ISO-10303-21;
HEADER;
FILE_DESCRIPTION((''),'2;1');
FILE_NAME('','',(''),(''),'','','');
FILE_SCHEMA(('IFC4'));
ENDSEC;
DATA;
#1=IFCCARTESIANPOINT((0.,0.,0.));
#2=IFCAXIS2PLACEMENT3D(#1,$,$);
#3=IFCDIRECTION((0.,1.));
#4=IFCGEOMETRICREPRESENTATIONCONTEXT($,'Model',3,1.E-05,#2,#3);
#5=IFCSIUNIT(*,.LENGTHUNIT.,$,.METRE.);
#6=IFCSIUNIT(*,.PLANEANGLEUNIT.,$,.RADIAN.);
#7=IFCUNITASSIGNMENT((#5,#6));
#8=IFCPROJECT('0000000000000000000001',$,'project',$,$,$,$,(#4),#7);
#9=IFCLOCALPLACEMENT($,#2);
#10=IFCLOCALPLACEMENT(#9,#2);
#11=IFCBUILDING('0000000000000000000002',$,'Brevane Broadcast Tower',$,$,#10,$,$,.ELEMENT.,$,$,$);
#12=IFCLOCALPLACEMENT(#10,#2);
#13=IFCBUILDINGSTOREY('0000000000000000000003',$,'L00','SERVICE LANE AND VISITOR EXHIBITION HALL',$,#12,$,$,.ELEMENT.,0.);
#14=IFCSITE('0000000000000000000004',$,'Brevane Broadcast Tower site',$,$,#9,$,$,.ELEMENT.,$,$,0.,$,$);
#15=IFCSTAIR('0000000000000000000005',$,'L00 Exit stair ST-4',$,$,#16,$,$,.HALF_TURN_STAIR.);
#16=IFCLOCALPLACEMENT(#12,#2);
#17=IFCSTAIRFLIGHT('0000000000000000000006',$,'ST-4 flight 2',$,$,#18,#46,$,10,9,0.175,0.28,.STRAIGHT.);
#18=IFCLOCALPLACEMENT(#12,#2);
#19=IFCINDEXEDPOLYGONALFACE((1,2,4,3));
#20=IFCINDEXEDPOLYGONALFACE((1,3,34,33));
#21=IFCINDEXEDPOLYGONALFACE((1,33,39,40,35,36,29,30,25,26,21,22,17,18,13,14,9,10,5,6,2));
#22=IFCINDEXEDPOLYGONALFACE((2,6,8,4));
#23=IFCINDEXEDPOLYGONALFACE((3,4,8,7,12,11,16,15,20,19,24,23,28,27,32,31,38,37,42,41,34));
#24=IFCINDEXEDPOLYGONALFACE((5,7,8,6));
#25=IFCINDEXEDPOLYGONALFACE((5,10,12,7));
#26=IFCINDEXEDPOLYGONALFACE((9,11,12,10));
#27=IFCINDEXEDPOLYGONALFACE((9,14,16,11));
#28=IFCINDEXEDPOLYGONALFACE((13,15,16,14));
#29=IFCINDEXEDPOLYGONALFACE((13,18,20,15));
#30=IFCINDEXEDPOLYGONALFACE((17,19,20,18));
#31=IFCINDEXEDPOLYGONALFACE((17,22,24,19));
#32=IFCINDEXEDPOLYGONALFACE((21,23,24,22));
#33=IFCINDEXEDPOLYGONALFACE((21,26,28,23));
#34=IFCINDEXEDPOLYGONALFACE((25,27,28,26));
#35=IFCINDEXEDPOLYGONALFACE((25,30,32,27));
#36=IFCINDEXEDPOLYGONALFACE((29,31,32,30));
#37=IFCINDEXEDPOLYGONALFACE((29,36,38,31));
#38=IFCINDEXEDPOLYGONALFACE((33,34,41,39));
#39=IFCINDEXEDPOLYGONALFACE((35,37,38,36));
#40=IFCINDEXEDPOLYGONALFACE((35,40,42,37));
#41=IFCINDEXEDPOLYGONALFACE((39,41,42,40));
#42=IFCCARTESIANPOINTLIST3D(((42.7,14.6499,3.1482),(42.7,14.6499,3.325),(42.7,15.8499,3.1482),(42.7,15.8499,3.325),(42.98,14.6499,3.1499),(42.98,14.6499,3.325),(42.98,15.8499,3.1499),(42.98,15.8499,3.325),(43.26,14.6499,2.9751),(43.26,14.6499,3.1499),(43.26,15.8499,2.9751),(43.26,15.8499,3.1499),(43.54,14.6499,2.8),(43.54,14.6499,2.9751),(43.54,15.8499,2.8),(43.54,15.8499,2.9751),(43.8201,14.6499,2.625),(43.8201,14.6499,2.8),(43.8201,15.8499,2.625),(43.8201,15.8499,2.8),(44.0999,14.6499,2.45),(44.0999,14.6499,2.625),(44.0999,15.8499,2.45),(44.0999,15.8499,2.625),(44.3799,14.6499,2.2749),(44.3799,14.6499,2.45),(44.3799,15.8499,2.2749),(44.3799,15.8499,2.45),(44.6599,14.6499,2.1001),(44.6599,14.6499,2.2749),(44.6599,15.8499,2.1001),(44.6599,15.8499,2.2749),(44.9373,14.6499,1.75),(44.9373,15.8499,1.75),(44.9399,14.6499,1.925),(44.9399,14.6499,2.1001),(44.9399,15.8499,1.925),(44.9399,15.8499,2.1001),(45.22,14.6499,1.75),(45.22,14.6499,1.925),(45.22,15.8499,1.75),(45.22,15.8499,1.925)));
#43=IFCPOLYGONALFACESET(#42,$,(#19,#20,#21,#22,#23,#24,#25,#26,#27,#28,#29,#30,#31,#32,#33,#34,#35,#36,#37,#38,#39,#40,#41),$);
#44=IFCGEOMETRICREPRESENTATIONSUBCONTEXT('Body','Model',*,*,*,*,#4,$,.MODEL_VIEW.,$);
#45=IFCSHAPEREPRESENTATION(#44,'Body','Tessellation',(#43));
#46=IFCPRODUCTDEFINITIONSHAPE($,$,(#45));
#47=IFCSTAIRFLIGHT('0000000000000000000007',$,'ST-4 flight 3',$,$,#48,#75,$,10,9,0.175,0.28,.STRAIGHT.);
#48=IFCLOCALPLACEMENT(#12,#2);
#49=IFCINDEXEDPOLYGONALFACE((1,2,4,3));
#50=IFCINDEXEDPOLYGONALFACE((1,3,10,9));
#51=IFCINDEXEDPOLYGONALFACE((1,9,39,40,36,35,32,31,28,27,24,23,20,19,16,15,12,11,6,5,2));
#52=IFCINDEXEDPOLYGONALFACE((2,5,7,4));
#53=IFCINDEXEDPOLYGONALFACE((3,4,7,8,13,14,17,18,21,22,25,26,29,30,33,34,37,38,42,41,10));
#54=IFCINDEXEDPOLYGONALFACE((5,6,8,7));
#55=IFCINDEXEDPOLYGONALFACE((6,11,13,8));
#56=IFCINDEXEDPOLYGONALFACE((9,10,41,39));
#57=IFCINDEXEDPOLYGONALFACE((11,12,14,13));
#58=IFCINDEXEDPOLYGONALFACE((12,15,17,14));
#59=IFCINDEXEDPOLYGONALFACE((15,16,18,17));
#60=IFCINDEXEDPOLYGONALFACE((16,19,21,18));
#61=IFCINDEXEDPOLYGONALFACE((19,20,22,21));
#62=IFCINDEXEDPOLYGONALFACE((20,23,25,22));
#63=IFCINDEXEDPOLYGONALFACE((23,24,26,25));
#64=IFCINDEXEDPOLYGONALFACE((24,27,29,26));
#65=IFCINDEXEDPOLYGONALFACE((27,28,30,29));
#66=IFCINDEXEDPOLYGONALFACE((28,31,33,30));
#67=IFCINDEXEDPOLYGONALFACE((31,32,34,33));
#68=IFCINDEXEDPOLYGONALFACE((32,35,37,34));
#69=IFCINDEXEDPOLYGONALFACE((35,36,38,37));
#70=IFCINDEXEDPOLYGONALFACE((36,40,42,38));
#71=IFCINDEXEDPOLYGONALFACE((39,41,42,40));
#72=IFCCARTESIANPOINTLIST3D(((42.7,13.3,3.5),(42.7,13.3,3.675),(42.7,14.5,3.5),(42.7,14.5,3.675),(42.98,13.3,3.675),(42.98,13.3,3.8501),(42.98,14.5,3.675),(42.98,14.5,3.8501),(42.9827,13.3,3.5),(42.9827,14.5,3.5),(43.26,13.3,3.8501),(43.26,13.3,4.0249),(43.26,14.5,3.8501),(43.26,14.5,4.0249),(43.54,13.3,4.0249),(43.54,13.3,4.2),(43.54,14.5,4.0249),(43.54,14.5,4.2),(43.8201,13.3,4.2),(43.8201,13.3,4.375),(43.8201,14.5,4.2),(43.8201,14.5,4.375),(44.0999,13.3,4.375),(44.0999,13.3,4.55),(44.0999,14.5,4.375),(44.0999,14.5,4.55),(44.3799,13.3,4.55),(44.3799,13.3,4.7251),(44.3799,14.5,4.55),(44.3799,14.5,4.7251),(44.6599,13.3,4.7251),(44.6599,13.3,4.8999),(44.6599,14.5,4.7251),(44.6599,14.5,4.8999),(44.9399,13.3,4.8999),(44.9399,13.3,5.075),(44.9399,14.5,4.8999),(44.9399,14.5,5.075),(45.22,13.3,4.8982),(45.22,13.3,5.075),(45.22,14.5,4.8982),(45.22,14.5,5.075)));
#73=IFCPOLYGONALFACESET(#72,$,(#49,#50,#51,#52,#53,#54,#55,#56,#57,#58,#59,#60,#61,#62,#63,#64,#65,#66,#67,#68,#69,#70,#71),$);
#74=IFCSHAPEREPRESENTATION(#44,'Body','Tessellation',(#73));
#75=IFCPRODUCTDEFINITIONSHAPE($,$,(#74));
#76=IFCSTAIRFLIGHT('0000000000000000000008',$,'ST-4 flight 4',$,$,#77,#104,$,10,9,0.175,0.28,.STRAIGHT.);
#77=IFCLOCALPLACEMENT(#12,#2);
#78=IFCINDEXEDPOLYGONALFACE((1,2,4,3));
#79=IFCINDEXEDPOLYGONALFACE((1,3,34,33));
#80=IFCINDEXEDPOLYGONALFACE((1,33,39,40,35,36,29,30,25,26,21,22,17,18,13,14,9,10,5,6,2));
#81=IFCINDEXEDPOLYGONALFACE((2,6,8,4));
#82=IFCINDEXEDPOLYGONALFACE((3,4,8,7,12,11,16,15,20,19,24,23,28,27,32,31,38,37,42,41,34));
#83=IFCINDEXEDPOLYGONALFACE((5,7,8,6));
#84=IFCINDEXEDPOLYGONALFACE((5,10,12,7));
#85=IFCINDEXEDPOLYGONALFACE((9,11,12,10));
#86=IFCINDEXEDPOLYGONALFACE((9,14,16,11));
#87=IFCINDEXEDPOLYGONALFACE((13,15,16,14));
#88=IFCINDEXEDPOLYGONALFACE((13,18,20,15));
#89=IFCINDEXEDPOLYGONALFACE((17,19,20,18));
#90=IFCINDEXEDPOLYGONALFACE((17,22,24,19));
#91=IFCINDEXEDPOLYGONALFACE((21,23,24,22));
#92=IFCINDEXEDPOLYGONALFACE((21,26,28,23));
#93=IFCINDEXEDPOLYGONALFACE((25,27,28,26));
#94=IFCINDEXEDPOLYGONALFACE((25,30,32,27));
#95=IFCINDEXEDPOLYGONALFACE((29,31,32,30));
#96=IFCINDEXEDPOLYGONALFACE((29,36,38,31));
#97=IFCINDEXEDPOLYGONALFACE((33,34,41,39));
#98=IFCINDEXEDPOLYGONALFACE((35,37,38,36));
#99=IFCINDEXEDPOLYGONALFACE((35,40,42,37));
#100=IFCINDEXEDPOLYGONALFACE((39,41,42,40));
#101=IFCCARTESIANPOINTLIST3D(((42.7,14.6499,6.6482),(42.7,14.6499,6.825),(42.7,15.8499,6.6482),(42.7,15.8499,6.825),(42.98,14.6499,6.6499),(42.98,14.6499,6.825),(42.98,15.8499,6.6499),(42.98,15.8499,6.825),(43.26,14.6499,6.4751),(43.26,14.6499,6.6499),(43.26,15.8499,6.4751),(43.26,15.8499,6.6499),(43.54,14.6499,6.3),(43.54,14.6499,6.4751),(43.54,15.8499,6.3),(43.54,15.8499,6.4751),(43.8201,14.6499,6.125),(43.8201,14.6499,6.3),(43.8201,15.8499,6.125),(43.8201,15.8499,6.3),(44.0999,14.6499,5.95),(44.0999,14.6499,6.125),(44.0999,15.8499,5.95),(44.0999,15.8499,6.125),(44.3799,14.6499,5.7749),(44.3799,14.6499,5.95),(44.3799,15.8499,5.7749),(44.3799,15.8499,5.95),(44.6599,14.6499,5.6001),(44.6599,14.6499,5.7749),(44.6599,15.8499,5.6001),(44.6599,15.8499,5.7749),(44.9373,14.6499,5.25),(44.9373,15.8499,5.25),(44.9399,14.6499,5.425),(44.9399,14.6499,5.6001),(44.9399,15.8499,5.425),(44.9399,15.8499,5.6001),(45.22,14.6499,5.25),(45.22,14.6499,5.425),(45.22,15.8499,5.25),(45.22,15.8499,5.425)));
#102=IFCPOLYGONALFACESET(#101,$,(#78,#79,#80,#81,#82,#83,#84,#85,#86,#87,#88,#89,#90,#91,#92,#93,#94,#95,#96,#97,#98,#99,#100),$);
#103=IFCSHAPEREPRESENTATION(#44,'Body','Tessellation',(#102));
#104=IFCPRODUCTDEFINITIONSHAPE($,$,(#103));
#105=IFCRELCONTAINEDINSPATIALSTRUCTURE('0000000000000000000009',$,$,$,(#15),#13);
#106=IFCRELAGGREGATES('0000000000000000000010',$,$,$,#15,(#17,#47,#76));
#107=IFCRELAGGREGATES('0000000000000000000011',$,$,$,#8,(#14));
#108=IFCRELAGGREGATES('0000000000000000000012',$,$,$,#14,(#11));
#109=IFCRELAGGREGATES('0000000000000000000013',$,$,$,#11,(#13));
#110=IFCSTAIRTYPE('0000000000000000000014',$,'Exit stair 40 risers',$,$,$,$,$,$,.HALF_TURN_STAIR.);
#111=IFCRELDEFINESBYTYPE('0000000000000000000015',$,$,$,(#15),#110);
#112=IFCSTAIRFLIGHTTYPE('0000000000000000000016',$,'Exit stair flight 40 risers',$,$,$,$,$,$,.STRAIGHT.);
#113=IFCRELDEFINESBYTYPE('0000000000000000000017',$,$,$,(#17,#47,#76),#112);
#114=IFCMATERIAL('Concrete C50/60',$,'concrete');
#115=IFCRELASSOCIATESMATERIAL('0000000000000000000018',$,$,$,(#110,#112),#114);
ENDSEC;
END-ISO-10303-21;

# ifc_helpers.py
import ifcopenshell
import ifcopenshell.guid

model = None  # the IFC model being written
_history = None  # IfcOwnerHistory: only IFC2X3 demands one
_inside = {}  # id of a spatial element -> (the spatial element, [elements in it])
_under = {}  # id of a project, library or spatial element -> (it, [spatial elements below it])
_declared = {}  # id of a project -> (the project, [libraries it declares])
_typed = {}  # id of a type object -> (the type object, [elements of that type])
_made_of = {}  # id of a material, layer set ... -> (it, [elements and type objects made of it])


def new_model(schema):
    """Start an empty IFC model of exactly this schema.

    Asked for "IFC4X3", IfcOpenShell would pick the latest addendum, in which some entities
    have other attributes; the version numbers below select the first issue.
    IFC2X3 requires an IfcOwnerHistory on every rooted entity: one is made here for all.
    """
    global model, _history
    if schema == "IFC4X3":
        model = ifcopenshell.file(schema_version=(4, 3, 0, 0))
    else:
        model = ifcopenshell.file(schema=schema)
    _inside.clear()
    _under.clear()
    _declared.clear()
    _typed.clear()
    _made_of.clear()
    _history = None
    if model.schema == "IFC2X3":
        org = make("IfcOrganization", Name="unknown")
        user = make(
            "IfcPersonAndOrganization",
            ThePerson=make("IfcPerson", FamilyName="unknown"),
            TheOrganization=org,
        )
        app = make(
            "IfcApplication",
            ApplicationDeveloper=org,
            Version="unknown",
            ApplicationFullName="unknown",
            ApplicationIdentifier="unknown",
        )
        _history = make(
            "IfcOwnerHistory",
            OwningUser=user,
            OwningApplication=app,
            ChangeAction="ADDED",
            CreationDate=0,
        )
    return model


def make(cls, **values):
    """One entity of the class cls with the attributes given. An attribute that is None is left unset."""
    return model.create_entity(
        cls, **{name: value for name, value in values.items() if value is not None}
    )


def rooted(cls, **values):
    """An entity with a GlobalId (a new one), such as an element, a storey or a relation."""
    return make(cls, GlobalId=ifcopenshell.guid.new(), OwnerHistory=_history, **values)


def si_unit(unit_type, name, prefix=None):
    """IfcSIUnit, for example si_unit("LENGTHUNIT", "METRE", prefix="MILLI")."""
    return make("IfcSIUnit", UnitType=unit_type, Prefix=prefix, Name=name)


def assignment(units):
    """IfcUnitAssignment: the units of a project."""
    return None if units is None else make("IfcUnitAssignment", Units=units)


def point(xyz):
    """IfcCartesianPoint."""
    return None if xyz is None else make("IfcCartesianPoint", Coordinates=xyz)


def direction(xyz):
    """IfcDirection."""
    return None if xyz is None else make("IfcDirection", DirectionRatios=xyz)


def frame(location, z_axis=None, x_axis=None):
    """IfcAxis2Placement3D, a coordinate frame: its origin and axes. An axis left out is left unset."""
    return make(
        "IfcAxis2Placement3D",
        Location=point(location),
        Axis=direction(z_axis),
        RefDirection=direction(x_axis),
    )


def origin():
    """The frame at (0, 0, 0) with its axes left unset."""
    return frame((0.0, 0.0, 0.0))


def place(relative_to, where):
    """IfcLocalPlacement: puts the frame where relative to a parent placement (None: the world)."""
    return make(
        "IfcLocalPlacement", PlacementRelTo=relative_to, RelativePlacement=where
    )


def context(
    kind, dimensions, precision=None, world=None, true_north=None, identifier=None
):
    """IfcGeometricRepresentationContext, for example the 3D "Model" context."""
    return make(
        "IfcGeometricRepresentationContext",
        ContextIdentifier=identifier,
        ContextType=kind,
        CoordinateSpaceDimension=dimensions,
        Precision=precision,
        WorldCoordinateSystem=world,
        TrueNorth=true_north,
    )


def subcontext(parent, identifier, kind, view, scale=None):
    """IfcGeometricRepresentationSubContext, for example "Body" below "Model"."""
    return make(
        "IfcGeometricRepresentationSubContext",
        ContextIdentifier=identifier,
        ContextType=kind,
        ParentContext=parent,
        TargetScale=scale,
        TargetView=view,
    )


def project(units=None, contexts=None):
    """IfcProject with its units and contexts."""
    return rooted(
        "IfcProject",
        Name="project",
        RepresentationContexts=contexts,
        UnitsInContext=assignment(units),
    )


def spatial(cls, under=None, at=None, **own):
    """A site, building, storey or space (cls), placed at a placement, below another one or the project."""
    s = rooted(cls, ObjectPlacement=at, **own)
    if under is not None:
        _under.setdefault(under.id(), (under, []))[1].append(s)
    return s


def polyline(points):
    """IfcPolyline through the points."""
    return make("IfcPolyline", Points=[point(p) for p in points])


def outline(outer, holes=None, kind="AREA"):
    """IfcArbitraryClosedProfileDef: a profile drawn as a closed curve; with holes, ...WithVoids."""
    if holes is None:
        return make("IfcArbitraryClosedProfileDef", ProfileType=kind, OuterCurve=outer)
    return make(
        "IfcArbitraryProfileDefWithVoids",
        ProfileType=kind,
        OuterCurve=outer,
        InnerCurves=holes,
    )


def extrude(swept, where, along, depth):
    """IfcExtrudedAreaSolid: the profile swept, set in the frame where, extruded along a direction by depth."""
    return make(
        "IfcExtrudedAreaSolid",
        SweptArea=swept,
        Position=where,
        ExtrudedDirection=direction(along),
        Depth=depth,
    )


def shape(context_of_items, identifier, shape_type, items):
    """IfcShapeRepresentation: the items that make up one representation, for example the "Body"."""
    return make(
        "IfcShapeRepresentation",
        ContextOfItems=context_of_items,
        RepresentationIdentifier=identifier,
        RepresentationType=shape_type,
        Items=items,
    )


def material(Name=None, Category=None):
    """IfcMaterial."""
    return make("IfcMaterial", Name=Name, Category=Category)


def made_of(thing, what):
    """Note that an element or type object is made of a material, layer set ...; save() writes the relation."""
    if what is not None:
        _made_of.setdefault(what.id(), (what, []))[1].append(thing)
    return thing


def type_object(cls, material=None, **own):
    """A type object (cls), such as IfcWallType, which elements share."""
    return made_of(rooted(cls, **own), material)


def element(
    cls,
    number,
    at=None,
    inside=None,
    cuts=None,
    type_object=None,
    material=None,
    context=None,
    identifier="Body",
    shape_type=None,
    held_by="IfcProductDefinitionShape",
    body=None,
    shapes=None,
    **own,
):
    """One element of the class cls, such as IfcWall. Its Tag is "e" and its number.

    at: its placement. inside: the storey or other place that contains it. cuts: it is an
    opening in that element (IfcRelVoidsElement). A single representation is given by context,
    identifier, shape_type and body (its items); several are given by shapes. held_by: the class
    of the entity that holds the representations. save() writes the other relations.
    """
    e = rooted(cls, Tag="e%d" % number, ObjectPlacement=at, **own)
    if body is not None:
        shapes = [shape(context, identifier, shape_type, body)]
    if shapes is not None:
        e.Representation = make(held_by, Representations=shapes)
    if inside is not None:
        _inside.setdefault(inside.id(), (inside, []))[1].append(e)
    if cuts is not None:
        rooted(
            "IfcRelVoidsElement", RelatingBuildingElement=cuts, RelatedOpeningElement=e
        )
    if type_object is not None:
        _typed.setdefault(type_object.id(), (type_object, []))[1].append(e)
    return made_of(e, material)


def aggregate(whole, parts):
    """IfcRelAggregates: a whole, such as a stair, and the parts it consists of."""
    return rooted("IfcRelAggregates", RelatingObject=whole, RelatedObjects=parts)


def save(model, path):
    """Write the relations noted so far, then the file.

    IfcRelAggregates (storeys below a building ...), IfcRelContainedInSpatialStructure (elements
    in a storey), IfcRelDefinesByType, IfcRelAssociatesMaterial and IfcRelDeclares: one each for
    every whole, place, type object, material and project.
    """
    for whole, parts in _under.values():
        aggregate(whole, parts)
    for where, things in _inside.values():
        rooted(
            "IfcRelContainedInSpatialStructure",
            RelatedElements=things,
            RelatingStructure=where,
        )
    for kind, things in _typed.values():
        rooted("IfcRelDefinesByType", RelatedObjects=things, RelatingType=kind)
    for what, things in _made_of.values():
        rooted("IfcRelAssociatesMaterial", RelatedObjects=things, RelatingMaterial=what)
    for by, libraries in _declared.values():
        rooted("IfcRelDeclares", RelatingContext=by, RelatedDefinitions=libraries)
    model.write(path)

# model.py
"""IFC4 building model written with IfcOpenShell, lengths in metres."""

from ifc_helpers import new_model, si_unit, direction, frame, origin, place, context, subcontext, project, spatial, polyline, outline, extrude, material, type_object, element, aggregate, save


model = new_model("IFC4")

# Units and contexts
model_context = context("Model", 3, precision=1e-05, world=origin(), true_north=direction((0.0, 1.0)))
body_context = subcontext(model_context, "Body", "Model", "MODEL_VIEW")
ifc_project = project(units=[si_unit("LENGTHUNIT", "METRE"), si_unit("PLANEANGLEUNIT", "RADIAN")], contexts=[model_context])

# Site, building, storey
site_placement = place(None, origin())
site = spatial("IfcSite", under=ifc_project, at=site_placement, Name="Brevane Broadcast Tower site", CompositionType="ELEMENT", RefElevation=0.0)
building_placement = place(site_placement, origin())
building = spatial("IfcBuilding", under=site, at=building_placement, Name="Brevane Broadcast Tower", CompositionType="ELEMENT")
storey_placement = place(building_placement, origin())
storey = spatial("IfcBuildingStorey", under=building, at=storey_placement, Name="L00", Description="SERVICE LANE AND VISITOR EXHIBITION HALL", CompositionType="ELEMENT", Elevation=0.0)

# Stair, stair flights
ifc_material_1 = material(Name="Concrete C50/60", Category="concrete")
stair_type = type_object("IfcStairType", Name="Exit stair 40 risers", PredefinedType="HALF_TURN_STAIR", material=ifc_material_1)
stair_placement = place(storey_placement, origin())
stair = element("IfcStair", 1, at=stair_placement, inside=storey, type_object=stair_type, Name="L00 Exit stair ST-4", PredefinedType="HALF_TURN_STAIR")
stair_flight_type = type_object("IfcStairFlightType", Name="Exit stair flight 40 risers", PredefinedType="STRAIGHT", material=ifc_material_1)
stair_flight_1_placement = place(storey_placement, frame((45.22, 15.25, 1.75), z_axis=(0.0, 0.0, 1.0), x_axis=(-1.0, 0.0, 0.0)))
stair_flight_1 = element("IfcStairFlight", 2, at=stair_flight_1_placement, type_object=stair_flight_type, Name="ST-4 flight 2", NumberOfRisers=10, NumberOfTreads=9, PredefinedType="STRAIGHT", RiserHeight=0.175, TreadLength=0.28, context=body_context, shape_type="SweptSolid", body=[
    extrude(outline(polyline([(0.0, 0.0), (0.0, 0.175), (0.28, 0.175), (0.28, 0.3501), (0.5601, 0.3501), (0.5601, 0.5249), (0.8401, 0.5249), (0.8401, 0.7), (1.1201, 0.7), (1.1201, 0.875), (1.3999, 0.875), (1.3999, 1.05), (1.6799, 1.05), (1.6799, 1.2251), (1.96, 1.2251), (1.96, 1.3999), (2.24, 1.3999), (2.24, 1.575), (2.52, 1.575), (2.52, 1.75), (2.52, 1.3982), (0.2827, 0.0), (0.0, 0.0)])), frame((0.0, 0.6001, 0.0), z_axis=(0.0, -1.0, 0.0), x_axis=(1.0, 0.0, 0.0)), (0.0, 0.0, 1.0), 1.2),
])
stair_flight_2_placement = place(storey_placement, frame((42.7, 13.8999, 3.5), z_axis=(0.0, 0.0, 1.0), x_axis=(1.0, 0.0, 0.0)))
stair_flight_2 = element("IfcStairFlight", 3, at=stair_flight_2_placement, type_object=stair_flight_type, Name="ST-4 flight 3", NumberOfRisers=10, NumberOfTreads=9, PredefinedType="STRAIGHT", RiserHeight=0.175, TreadLength=0.28, context=body_context, shape_type="SweptSolid", body=[
    extrude(outline(polyline([(0.0, 0.0), (0.0, 0.175), (0.28, 0.175), (0.28, 0.3501), (0.5601, 0.3501), (0.5601, 0.5249), (0.8401, 0.5249), (0.8401, 0.7), (1.1201, 0.7), (1.1201, 0.875), (1.3999, 0.875), (1.3999, 1.05), (1.6799, 1.05), (1.6799, 1.2251), (1.96, 1.2251), (1.96, 1.3999), (2.24, 1.3999), (2.24, 1.575), (2.52, 1.575), (2.52, 1.75), (2.52, 1.3982), (0.2827, 0.0), (0.0, 0.0)])), frame((0.0, 0.6001, 0.0), z_axis=(0.0, -1.0, 0.0), x_axis=(1.0, 0.0, 0.0)), (0.0, 0.0, 1.0), 1.2),
])
stair_flight_3_placement = place(storey_placement, frame((45.22, 15.25, 5.25), z_axis=(0.0, 0.0, 1.0), x_axis=(-1.0, 0.0, 0.0)))
stair_flight_3 = element("IfcStairFlight", 4, at=stair_flight_3_placement, type_object=stair_flight_type, Name="ST-4 flight 4", NumberOfRisers=10, NumberOfTreads=9, PredefinedType="STRAIGHT", RiserHeight=0.175, TreadLength=0.28, context=body_context, shape_type="SweptSolid", body=[
    extrude(outline(polyline([(0.0, 0.0), (0.0, 0.175), (0.28, 0.175), (0.28, 0.3501), (0.5601, 0.3501), (0.5601, 0.5249), (0.8401, 0.5249), (0.8401, 0.7), (1.1201, 0.7), (1.1201, 0.875), (1.3999, 0.875), (1.3999, 1.05), (1.6799, 1.05), (1.6799, 1.2251), (1.96, 1.2251), (1.96, 1.3999), (2.24, 1.3999), (2.24, 1.575), (2.52, 1.575), (2.52, 1.75), (2.52, 1.3982), (0.2827, 0.0), (0.0, 0.0)])), frame((0.0, 0.6001, 0.0), z_axis=(0.0, -1.0, 0.0), x_axis=(1.0, 0.0, 0.0)), (0.0, 0.0, 1.0), 1.2),
])
aggregate(stair, [stair_flight_1, stair_flight_2, stair_flight_3])

save(model, "model.ifc")
